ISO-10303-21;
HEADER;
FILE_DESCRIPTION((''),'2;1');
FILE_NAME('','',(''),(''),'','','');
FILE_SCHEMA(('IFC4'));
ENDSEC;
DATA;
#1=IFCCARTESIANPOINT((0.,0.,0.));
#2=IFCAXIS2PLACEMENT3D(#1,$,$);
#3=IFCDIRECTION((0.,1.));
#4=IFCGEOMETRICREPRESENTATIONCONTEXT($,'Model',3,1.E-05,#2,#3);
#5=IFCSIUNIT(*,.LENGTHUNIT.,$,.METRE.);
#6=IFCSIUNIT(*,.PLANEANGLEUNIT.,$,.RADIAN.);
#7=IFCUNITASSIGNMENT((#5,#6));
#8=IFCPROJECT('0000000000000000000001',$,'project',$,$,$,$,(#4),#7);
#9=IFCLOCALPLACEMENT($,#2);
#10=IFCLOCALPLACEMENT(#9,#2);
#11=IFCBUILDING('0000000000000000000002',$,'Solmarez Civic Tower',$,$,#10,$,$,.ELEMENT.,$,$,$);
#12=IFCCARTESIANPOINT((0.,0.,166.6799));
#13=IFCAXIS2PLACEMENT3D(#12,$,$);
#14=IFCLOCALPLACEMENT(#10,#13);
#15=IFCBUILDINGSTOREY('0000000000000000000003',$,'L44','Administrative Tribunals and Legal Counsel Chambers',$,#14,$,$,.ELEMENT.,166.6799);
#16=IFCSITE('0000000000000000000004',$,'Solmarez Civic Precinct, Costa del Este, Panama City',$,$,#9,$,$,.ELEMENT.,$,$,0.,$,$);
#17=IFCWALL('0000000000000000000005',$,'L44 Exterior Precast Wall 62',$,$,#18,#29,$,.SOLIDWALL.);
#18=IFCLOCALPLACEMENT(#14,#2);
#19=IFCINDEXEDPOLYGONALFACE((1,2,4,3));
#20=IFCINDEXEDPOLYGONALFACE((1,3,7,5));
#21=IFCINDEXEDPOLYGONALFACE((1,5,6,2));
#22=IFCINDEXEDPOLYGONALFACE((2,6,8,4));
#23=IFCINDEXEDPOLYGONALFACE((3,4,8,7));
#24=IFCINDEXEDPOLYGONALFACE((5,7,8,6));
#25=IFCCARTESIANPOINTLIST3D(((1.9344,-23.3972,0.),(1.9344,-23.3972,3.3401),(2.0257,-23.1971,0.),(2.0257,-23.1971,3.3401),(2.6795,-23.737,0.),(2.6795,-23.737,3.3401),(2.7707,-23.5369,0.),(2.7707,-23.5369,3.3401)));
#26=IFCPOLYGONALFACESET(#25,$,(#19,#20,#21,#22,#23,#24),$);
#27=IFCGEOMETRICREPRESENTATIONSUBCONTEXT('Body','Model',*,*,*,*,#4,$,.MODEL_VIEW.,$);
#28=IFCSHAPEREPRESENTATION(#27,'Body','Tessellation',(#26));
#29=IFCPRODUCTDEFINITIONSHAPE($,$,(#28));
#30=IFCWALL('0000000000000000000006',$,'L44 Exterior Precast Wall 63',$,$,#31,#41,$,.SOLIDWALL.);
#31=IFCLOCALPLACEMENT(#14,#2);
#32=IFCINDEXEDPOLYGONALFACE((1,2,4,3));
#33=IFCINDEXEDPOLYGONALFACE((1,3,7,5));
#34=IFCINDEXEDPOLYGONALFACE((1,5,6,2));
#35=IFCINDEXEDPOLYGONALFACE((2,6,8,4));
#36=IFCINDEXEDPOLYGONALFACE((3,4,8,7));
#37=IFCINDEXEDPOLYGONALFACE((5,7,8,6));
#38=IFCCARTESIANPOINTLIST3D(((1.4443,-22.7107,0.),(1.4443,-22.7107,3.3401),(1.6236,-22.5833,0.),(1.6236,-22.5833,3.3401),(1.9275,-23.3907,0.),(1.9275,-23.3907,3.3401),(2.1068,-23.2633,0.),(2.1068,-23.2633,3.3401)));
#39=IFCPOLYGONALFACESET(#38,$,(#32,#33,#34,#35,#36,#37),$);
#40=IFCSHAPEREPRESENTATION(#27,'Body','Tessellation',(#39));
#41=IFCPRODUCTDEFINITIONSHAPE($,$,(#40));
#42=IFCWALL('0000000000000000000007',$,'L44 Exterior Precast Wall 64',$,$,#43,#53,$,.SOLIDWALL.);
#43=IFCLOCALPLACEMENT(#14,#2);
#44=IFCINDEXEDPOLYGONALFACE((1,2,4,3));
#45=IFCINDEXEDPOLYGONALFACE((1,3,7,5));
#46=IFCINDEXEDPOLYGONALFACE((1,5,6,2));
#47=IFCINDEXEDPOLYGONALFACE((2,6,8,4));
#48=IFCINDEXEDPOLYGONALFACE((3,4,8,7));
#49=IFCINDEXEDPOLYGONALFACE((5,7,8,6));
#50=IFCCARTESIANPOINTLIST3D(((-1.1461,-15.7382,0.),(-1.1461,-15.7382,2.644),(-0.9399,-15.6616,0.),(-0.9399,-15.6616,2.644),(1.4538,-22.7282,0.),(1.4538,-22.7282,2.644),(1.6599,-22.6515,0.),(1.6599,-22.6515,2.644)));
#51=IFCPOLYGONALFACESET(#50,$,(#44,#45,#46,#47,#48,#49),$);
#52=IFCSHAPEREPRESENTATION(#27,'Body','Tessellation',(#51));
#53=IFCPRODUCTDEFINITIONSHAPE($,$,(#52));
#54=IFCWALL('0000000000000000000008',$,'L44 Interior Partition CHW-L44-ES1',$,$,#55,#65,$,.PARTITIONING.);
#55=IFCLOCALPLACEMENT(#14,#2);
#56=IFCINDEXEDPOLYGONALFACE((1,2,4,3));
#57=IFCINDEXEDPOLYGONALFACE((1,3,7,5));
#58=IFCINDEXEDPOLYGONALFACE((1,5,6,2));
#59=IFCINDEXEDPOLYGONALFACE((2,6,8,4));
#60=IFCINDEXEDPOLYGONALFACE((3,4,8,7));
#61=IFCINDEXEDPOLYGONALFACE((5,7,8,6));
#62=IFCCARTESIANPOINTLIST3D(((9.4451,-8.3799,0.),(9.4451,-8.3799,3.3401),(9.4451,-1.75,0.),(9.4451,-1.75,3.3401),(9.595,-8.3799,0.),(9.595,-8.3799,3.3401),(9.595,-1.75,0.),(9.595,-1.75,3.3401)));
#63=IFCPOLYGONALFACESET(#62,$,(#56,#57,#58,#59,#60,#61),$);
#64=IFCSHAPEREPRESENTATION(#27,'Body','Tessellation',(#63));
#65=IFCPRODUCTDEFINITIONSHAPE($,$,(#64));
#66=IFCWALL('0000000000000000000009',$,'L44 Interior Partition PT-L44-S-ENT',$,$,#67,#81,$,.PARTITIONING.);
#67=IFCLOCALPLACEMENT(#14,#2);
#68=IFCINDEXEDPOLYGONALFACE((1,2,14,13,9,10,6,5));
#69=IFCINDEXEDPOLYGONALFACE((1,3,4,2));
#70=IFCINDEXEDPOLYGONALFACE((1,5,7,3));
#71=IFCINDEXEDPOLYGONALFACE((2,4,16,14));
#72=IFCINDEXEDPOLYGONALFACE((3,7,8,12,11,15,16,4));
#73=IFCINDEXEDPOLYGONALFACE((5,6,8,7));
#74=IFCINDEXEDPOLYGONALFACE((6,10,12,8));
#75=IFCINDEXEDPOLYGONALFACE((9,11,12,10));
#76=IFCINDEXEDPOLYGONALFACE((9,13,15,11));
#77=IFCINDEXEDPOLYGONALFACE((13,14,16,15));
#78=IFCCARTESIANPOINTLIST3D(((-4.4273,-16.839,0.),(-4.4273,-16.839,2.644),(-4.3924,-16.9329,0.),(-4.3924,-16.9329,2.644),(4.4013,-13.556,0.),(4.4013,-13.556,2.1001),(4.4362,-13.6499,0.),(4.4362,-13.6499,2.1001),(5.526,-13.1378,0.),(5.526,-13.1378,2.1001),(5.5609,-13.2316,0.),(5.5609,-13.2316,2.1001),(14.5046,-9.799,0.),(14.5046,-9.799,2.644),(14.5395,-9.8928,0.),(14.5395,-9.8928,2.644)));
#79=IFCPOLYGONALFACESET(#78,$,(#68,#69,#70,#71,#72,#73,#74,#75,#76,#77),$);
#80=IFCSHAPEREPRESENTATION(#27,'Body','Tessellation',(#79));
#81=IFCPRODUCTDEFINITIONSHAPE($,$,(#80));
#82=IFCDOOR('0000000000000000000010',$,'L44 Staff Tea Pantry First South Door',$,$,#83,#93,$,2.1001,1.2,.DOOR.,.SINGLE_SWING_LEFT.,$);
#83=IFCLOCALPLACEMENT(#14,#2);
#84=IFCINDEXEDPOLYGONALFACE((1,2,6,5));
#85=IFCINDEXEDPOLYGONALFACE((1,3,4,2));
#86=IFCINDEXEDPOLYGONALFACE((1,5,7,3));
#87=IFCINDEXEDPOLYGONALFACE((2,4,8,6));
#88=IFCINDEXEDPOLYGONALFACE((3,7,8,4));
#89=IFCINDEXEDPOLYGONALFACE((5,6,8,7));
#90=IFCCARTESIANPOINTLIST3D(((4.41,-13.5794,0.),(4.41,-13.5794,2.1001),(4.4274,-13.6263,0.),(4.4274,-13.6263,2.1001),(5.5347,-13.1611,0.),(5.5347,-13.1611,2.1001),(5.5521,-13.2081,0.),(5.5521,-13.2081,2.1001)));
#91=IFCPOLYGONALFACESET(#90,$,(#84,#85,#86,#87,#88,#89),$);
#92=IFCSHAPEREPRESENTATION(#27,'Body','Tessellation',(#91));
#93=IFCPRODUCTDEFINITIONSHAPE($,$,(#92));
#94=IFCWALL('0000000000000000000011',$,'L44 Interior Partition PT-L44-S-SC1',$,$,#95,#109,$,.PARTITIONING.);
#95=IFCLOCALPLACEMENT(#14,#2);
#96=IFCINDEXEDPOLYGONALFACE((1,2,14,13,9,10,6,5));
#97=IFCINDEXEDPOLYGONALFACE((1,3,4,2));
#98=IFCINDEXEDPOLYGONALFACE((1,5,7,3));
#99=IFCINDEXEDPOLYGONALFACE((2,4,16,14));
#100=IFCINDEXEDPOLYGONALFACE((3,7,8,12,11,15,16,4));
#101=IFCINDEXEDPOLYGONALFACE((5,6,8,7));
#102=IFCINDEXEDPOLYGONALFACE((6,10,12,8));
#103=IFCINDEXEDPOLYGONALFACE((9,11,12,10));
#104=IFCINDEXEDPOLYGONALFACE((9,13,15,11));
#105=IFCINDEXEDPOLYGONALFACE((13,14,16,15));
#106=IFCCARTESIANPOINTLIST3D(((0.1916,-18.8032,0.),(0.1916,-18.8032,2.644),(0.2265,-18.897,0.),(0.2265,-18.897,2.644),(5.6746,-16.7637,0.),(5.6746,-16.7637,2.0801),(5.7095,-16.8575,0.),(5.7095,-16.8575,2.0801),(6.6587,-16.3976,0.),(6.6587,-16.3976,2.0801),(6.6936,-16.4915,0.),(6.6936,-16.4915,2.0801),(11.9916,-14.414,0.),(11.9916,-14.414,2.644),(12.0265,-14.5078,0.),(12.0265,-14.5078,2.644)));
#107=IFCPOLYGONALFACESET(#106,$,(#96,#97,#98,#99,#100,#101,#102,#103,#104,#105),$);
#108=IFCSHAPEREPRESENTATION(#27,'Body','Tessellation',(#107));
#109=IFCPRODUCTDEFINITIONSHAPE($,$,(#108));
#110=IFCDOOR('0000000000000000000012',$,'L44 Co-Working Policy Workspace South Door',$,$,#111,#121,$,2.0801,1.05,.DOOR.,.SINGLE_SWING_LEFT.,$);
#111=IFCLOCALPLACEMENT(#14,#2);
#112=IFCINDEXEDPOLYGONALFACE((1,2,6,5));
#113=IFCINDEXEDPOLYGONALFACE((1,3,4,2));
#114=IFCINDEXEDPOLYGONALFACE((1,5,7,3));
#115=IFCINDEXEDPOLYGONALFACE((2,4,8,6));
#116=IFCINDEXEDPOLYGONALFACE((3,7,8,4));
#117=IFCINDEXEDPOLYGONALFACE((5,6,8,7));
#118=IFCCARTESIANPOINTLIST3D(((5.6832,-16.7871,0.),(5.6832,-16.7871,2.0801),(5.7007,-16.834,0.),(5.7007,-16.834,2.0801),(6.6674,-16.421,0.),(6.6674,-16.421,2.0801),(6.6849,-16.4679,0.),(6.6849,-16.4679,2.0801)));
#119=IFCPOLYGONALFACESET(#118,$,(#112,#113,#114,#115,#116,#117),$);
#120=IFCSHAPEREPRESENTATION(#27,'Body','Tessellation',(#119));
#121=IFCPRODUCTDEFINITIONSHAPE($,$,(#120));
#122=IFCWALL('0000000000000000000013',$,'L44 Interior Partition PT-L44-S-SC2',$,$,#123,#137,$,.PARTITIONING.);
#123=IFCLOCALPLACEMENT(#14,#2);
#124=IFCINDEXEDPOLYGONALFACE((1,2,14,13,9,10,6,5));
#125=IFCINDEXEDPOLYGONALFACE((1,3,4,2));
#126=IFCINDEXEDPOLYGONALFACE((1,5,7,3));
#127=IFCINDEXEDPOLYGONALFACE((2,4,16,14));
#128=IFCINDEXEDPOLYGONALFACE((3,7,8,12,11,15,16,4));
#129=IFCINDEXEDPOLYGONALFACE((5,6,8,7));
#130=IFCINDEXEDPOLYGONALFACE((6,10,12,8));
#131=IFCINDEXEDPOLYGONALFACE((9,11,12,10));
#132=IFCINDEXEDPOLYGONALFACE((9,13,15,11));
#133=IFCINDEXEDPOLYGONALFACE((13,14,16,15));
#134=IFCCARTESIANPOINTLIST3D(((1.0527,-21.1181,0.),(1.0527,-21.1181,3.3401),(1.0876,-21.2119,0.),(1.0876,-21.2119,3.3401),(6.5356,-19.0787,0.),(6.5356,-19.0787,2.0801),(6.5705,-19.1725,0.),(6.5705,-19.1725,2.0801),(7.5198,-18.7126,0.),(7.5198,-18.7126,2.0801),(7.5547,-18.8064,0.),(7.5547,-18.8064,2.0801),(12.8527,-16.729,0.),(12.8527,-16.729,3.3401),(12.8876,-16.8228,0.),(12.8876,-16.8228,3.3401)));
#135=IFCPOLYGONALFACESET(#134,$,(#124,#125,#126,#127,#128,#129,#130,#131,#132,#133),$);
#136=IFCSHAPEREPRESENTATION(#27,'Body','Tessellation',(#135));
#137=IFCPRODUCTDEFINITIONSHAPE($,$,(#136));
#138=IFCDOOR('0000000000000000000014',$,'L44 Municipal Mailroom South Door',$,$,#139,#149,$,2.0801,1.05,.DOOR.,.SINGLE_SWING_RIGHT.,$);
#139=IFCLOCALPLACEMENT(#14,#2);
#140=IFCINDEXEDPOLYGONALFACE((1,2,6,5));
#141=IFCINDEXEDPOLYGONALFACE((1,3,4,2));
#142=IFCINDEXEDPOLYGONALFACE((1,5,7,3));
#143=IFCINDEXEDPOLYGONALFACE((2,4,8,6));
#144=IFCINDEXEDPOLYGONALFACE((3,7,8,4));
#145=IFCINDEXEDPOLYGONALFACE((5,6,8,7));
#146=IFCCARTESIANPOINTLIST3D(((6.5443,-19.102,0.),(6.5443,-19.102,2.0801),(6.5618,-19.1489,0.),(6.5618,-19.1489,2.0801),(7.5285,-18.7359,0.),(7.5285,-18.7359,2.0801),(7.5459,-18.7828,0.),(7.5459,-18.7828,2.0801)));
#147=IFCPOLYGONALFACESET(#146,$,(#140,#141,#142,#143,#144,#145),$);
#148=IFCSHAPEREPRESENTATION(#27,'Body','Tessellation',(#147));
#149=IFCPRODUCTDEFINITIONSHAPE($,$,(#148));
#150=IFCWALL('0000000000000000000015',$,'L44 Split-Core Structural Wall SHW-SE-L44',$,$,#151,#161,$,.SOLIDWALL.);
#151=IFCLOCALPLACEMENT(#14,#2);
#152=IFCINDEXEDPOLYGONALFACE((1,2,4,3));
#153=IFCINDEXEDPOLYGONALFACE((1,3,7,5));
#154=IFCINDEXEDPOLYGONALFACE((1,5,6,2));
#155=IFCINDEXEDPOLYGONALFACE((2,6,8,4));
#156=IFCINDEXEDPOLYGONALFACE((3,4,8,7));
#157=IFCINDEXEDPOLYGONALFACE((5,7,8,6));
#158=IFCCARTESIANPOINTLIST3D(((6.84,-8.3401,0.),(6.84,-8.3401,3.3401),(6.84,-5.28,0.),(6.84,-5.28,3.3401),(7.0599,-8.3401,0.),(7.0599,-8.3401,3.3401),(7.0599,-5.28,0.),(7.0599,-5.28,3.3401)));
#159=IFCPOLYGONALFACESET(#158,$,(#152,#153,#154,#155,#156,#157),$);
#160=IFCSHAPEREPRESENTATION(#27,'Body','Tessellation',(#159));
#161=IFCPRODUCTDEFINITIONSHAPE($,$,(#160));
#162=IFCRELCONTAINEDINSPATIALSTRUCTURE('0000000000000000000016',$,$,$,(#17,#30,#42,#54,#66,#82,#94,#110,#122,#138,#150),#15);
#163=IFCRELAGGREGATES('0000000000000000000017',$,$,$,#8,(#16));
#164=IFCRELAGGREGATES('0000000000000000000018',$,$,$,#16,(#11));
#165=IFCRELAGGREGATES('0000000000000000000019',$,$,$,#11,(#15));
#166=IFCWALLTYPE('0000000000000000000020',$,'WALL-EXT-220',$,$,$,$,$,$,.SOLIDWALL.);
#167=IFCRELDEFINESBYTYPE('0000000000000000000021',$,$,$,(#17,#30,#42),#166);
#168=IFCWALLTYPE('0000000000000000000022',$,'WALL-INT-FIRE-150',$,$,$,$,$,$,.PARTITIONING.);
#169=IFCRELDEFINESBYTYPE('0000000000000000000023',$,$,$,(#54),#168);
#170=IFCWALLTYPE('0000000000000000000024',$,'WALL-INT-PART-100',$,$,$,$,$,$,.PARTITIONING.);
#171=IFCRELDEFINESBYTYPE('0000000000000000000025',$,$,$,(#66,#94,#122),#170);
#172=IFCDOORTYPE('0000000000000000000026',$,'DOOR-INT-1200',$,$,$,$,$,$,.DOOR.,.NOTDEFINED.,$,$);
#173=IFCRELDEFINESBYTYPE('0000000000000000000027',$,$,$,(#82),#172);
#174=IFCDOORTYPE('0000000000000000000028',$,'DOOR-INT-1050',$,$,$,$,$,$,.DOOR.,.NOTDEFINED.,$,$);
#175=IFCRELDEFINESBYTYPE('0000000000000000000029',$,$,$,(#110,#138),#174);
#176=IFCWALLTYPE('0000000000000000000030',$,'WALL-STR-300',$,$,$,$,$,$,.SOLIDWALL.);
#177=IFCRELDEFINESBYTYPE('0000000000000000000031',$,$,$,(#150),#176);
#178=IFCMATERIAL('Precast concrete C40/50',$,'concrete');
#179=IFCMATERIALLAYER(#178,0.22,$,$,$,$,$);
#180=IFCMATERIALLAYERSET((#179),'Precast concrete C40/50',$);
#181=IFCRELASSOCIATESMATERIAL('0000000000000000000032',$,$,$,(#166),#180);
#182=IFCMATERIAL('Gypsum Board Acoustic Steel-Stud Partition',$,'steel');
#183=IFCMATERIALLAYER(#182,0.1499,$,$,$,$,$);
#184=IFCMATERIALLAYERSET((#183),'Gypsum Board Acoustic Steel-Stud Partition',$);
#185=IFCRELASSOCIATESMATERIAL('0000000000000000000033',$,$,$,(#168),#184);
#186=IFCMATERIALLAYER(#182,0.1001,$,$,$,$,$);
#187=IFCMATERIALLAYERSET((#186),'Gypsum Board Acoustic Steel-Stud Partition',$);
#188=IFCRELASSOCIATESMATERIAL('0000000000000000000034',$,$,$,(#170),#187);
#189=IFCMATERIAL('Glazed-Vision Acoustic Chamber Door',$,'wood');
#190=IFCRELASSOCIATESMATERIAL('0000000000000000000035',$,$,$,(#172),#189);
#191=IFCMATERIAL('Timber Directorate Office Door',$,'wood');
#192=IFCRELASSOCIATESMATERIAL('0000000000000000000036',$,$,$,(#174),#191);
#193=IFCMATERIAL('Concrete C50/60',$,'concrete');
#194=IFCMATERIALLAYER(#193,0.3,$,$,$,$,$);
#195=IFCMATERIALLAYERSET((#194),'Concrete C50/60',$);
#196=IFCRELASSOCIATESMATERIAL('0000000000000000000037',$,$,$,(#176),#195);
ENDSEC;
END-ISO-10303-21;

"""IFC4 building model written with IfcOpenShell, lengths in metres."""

from ifc_helpers import new_model, si_unit, direction, frame, frame_2d, origin, place, context, subcontext, project, spatial, rectangle, extrude, material, layer, layer_set, type_object, element, fill, save


model = new_model("IFC4")

# Units and contexts
model_context = context("Model", 3, precision=1e-05, world=origin(), true_north=direction((0.0, 1.0)))
body_context = subcontext(model_context, "Body", "Model", "MODEL_VIEW")
ifc_project = project(units=[si_unit("LENGTHUNIT", "METRE"), si_unit("PLANEANGLEUNIT", "RADIAN")], contexts=[model_context])

# Site, building, storey
site_placement = place(None, origin())
site = spatial("IfcSite", under=ifc_project, at=site_placement, Name="Solmarez Civic Precinct, Costa del Este, Panama City", CompositionType="ELEMENT", RefElevation=0.0)
building_placement = place(site_placement, origin())
building = spatial("IfcBuilding", under=site, at=building_placement, Name="Solmarez Civic Tower", CompositionType="ELEMENT")
storey_placement = place(building_placement, frame((0.0, 0.0, 166.6799)))
storey = spatial("IfcBuildingStorey", under=building, at=storey_placement, Name="L44", Description="Administrative Tribunals and Legal Counsel Chambers", CompositionType="ELEMENT", Elevation=166.6799)

# Shared definitions
ifc_material_1 = material(Name="Concrete C50/60", Category="concrete")

# Shared definitions
ifc_material_2 = material(Name="Precast concrete C40/50", Category="concrete")
ifc_layer_1 = layer(ifc_material_2, 0.22)
ifc_layer_set_1 = layer_set([ifc_layer_1], Name="Precast concrete C40/50")
wall_type_1 = type_object("IfcWallType", Name="WALL-EXT-220", PredefinedType="SOLIDWALL", material=ifc_layer_set_1)

# Walls
wall_1_placement = place(storey_placement, frame((2.7251, -23.637, 0.0), z_axis=(0.0, 0.0, 1.0), x_axis=(-0.909835, 0.414971, 0.0)))
element("IfcWall", 1, at=wall_1_placement, inside=storey, type_object=wall_type_1, Name="L44 Exterior Precast Wall 62", PredefinedType="SOLIDWALL", context=body_context, shape_type="SweptSolid", body=[
    extrude(rectangle(XDim=0.8188, YDim=0.22, at=frame_2d((0.4094, 0.0))), origin(), (0.0, 0.0, 1.0), 3.3401),
])
wall_2_placement = place(storey_placement, frame((2.0171, -23.3269, 0.0), z_axis=(0.0, 0.0, 1.0), x_axis=(-0.579243, 0.815155, 0.0)))
element("IfcWall", 2, at=wall_2_placement, inside=storey, type_object=wall_type_1, Name="L44 Exterior Precast Wall 63", PredefinedType="SOLIDWALL", context=body_context, shape_type="SweptSolid", body=[
    extrude(rectangle(XDim=0.8342, YDim=0.22, at=frame_2d((0.417, 0.0))), origin(), (0.0, 0.0, 1.0), 3.3401),
])
wall_3_placement = place(storey_placement, frame((1.5569, -22.6899, 0.0), z_axis=(0.0, 0.0, 1.0), x_axis=(-0.348607, 0.937269, 0.0)))
element("IfcWall", 3, at=wall_3_placement, inside=storey, type_object=wall_type_1, Name="L44 Exterior Precast Wall 64", PredefinedType="SOLIDWALL", context=body_context, shape_type="SweptSolid", body=[
    extrude(rectangle(XDim=7.4578, YDim=0.22, at=frame_2d((3.729, 0.0))), origin(), (0.0, 0.0, 1.0), 2.644),
])
ifc_material_3 = material(Name="Gypsum Board Acoustic Steel-Stud Partition", Category="steel")
ifc_layer_2 = layer(ifc_material_3, 0.1499)
ifc_layer_set_2 = layer_set([ifc_layer_2], Name="Gypsum Board Acoustic Steel-Stud Partition")
wall_type_2 = type_object("IfcWallType", Name="WALL-INT-FIRE-150", PredefinedType="PARTITIONING", material=ifc_layer_set_2)
wall_4_placement = place(storey_placement, frame((9.52, -8.3799, 0.0), z_axis=(0.0, 0.0, 1.0), x_axis=(0.0, 1.0, 0.0)))
element("IfcWall", 4, at=wall_4_placement, inside=storey, type_object=wall_type_2, Name="L44 Interior Partition CHW-L44-ES1", PredefinedType="PARTITIONING", context=body_context, shape_type="SweptSolid", body=[
    extrude(rectangle(XDim=6.6299, YDim=0.1499, at=frame_2d((3.3149, 0.0))), origin(), (0.0, 0.0, 1.0), 3.3401),
])

# Walls, openings, doors
ifc_layer_3 = layer(ifc_material_3, 0.1001)
ifc_layer_set_3 = layer_set([ifc_layer_3], Name="Gypsum Board Acoustic Steel-Stud Partition")
wall_type_3 = type_object("IfcWallType", Name="WALL-INT-PART-100", PredefinedType="PARTITIONING", material=ifc_layer_set_3)
wall_5_placement = place(storey_placement, frame((14.522, -9.8459, 0.0), z_axis=(0.0, 0.0, 1.0), x_axis=(-0.937293, -0.348543, 0.0)))
wall_5 = element("IfcWall", 5, at=wall_5_placement, inside=storey, type_object=wall_type_3, Name="L44 Interior Partition PT-L44-S-ENT", PredefinedType="PARTITIONING", context=body_context, shape_type="SweptSolid", body=[
    extrude(rectangle(XDim=20.1985, YDim=0.1001, at=frame_2d((10.0991, 0.0))), origin(), (0.0, 0.0, 1.0), 2.644),
])
opening_1_placement = place(wall_5_placement, frame((9.5791, 0.0, 0.0)))
opening_1 = element("IfcOpeningElement", 6, at=opening_1_placement, cuts=wall_5, PredefinedType="OPENING", context=body_context, shape_type="SweptSolid", body=[
    extrude(rectangle(XDim=1.2, YDim=2.1001, at=frame_2d((0.6001, 1.05))), frame((0.0, 0.0601, 0.0), z_axis=(0.0, -1.0, 0.0), x_axis=(1.0, 0.0, 0.0)), (0.0, 0.0, 1.0), 0.1201),
])
ifc_material_4 = material(Name="Glazed-Vision Acoustic Chamber Door", Category="wood")
door_type_1 = type_object("IfcDoorType", Name="DOOR-INT-1200", OperationType="NOTDEFINED", PredefinedType="DOOR", material=ifc_material_4)
door_1_placement = place(opening_1_placement, origin())
door_1 = element("IfcDoor", 7, at=door_1_placement, inside=storey, type_object=door_type_1, Name="L44 Staff Tea Pantry First South Door", OperationType="SINGLE_SWING_LEFT", OverallHeight=2.1001, OverallWidth=1.2, PredefinedType="DOOR", context=body_context, shape_type="SweptSolid", body=[
    extrude(rectangle(XDim=1.2, YDim=2.1001, at=frame_2d((0.6001, 1.05))), frame((0.0, 0.0249, 0.0), z_axis=(0.0, -1.0, 0.0), x_axis=(1.0, 0.0, 0.0)), (0.0, 0.0, 1.0), 0.05),
])
fill(opening_1, door_1)
wall_6_placement = place(storey_placement, frame((12.009, -14.4609, 0.0), z_axis=(0.0, 0.0, 1.0), x_axis=(-0.937262, -0.348625, 0.0)))
wall_6 = element("IfcWall", 8, at=wall_6_placement, inside=storey, type_object=wall_type_3, Name="L44 Interior Partition PT-L44-S-SC1", PredefinedType="PARTITIONING", context=body_context, shape_type="SweptSolid", body=[
    extrude(rectangle(XDim=12.5898, YDim=0.1001, at=frame_2d((6.2949, 0.0))), origin(), (0.0, 0.0, 1.0), 2.644),
])
opening_2_placement = place(wall_6_placement, frame((5.6899, 0.0, 0.0)))
opening_2 = element("IfcOpeningElement", 9, at=opening_2_placement, cuts=wall_6, PredefinedType="OPENING", context=body_context, shape_type="SweptSolid", body=[
    extrude(rectangle(XDim=1.05, YDim=2.0801, at=frame_2d((0.5249, 1.04))), frame((0.0, 0.0601, 0.0), z_axis=(0.0, -1.0, 0.0), x_axis=(1.0, 0.0, 0.0)), (0.0, 0.0, 1.0), 0.1201),
])
ifc_material_5 = material(Name="Timber Directorate Office Door", Category="wood")
door_type_2 = type_object("IfcDoorType", Name="DOOR-INT-1050", OperationType="NOTDEFINED", PredefinedType="DOOR", material=ifc_material_5)
door_2_placement = place(opening_2_placement, origin())
door_2 = element("IfcDoor", 10, at=door_2_placement, inside=storey, type_object=door_type_2, Name="L44 Co-Working Policy Workspace South Door", OperationType="SINGLE_SWING_LEFT", OverallHeight=2.0801, OverallWidth=1.05, PredefinedType="DOOR", context=body_context, shape_type="SweptSolid", body=[
    extrude(rectangle(XDim=1.05, YDim=2.0801, at=frame_2d((0.5249, 1.04))), frame((0.0, 0.0249, 0.0), z_axis=(0.0, -1.0, 0.0), x_axis=(1.0, 0.0, 0.0)), (0.0, 0.0, 1.0), 0.05),
])
fill(opening_2, door_2)
wall_7_placement = place(storey_placement, frame((12.8701, -16.7759, 0.0), z_axis=(0.0, 0.0, 1.0), x_axis=(-0.937262, -0.348625, 0.0)))
wall_7 = element("IfcWall", 11, at=wall_7_placement, inside=storey, type_object=wall_type_3, Name="L44 Interior Partition PT-L44-S-SC2", PredefinedType="PARTITIONING", context=body_context, shape_type="SweptSolid", body=[
    extrude(rectangle(XDim=12.5898, YDim=0.1001, at=frame_2d((6.2949, 0.0))), origin(), (0.0, 0.0, 1.0), 3.3401),
])
opening_3_placement = place(wall_7_placement, frame((5.6899, 0.0, 0.0)))
opening_3 = element("IfcOpeningElement", 12, at=opening_3_placement, cuts=wall_7, PredefinedType="OPENING", context=body_context, shape_type="SweptSolid", body=[
    extrude(rectangle(XDim=1.05, YDim=2.0801, at=frame_2d((0.5249, 1.04))), frame((0.0, 0.0601, 0.0), z_axis=(0.0, -1.0, 0.0), x_axis=(1.0, 0.0, 0.0)), (0.0, 0.0, 1.0), 0.1201),
])
door_3_placement = place(opening_3_placement, origin())
door_3 = element("IfcDoor", 13, at=door_3_placement, inside=storey, type_object=door_type_2, Name="L44 Municipal Mailroom South Door", OperationType="SINGLE_SWING_RIGHT", OverallHeight=2.0801, OverallWidth=1.05, PredefinedType="DOOR", context=body_context, shape_type="SweptSolid", body=[
    extrude(rectangle(XDim=1.05, YDim=2.0801, at=frame_2d((0.5249, 1.04))), frame((0.0, 0.0249, 0.0), z_axis=(0.0, -1.0, 0.0), x_axis=(1.0, 0.0, 0.0)), (0.0, 0.0, 1.0), 0.05),
])
fill(opening_3, door_3)

# Wall
ifc_layer_4 = layer(ifc_material_1, 0.3)
ifc_layer_set_4 = layer_set([ifc_layer_4], Name="Concrete C50/60")
wall_type_4 = type_object("IfcWallType", Name="WALL-STR-300", PredefinedType="SOLIDWALL", material=ifc_layer_set_4)
wall_8_placement = place(storey_placement, frame((6.95, -8.3401, 0.0), z_axis=(0.0, 0.0, 1.0), x_axis=(0.0, 1.0, 0.0)))
element("IfcWall", 14, at=wall_8_placement, inside=storey, type_object=wall_type_4, Name="L44 Split-Core Structural Wall SHW-SE-L44", PredefinedType="SOLIDWALL", context=body_context, shape_type="SweptSolid", body=[
    extrude(rectangle(XDim=3.0601, YDim=0.22, at=frame_2d((1.53, 0.0))), origin(), (0.0, 0.0, 1.0), 3.3401),
])

save(model, "model.ifc")
